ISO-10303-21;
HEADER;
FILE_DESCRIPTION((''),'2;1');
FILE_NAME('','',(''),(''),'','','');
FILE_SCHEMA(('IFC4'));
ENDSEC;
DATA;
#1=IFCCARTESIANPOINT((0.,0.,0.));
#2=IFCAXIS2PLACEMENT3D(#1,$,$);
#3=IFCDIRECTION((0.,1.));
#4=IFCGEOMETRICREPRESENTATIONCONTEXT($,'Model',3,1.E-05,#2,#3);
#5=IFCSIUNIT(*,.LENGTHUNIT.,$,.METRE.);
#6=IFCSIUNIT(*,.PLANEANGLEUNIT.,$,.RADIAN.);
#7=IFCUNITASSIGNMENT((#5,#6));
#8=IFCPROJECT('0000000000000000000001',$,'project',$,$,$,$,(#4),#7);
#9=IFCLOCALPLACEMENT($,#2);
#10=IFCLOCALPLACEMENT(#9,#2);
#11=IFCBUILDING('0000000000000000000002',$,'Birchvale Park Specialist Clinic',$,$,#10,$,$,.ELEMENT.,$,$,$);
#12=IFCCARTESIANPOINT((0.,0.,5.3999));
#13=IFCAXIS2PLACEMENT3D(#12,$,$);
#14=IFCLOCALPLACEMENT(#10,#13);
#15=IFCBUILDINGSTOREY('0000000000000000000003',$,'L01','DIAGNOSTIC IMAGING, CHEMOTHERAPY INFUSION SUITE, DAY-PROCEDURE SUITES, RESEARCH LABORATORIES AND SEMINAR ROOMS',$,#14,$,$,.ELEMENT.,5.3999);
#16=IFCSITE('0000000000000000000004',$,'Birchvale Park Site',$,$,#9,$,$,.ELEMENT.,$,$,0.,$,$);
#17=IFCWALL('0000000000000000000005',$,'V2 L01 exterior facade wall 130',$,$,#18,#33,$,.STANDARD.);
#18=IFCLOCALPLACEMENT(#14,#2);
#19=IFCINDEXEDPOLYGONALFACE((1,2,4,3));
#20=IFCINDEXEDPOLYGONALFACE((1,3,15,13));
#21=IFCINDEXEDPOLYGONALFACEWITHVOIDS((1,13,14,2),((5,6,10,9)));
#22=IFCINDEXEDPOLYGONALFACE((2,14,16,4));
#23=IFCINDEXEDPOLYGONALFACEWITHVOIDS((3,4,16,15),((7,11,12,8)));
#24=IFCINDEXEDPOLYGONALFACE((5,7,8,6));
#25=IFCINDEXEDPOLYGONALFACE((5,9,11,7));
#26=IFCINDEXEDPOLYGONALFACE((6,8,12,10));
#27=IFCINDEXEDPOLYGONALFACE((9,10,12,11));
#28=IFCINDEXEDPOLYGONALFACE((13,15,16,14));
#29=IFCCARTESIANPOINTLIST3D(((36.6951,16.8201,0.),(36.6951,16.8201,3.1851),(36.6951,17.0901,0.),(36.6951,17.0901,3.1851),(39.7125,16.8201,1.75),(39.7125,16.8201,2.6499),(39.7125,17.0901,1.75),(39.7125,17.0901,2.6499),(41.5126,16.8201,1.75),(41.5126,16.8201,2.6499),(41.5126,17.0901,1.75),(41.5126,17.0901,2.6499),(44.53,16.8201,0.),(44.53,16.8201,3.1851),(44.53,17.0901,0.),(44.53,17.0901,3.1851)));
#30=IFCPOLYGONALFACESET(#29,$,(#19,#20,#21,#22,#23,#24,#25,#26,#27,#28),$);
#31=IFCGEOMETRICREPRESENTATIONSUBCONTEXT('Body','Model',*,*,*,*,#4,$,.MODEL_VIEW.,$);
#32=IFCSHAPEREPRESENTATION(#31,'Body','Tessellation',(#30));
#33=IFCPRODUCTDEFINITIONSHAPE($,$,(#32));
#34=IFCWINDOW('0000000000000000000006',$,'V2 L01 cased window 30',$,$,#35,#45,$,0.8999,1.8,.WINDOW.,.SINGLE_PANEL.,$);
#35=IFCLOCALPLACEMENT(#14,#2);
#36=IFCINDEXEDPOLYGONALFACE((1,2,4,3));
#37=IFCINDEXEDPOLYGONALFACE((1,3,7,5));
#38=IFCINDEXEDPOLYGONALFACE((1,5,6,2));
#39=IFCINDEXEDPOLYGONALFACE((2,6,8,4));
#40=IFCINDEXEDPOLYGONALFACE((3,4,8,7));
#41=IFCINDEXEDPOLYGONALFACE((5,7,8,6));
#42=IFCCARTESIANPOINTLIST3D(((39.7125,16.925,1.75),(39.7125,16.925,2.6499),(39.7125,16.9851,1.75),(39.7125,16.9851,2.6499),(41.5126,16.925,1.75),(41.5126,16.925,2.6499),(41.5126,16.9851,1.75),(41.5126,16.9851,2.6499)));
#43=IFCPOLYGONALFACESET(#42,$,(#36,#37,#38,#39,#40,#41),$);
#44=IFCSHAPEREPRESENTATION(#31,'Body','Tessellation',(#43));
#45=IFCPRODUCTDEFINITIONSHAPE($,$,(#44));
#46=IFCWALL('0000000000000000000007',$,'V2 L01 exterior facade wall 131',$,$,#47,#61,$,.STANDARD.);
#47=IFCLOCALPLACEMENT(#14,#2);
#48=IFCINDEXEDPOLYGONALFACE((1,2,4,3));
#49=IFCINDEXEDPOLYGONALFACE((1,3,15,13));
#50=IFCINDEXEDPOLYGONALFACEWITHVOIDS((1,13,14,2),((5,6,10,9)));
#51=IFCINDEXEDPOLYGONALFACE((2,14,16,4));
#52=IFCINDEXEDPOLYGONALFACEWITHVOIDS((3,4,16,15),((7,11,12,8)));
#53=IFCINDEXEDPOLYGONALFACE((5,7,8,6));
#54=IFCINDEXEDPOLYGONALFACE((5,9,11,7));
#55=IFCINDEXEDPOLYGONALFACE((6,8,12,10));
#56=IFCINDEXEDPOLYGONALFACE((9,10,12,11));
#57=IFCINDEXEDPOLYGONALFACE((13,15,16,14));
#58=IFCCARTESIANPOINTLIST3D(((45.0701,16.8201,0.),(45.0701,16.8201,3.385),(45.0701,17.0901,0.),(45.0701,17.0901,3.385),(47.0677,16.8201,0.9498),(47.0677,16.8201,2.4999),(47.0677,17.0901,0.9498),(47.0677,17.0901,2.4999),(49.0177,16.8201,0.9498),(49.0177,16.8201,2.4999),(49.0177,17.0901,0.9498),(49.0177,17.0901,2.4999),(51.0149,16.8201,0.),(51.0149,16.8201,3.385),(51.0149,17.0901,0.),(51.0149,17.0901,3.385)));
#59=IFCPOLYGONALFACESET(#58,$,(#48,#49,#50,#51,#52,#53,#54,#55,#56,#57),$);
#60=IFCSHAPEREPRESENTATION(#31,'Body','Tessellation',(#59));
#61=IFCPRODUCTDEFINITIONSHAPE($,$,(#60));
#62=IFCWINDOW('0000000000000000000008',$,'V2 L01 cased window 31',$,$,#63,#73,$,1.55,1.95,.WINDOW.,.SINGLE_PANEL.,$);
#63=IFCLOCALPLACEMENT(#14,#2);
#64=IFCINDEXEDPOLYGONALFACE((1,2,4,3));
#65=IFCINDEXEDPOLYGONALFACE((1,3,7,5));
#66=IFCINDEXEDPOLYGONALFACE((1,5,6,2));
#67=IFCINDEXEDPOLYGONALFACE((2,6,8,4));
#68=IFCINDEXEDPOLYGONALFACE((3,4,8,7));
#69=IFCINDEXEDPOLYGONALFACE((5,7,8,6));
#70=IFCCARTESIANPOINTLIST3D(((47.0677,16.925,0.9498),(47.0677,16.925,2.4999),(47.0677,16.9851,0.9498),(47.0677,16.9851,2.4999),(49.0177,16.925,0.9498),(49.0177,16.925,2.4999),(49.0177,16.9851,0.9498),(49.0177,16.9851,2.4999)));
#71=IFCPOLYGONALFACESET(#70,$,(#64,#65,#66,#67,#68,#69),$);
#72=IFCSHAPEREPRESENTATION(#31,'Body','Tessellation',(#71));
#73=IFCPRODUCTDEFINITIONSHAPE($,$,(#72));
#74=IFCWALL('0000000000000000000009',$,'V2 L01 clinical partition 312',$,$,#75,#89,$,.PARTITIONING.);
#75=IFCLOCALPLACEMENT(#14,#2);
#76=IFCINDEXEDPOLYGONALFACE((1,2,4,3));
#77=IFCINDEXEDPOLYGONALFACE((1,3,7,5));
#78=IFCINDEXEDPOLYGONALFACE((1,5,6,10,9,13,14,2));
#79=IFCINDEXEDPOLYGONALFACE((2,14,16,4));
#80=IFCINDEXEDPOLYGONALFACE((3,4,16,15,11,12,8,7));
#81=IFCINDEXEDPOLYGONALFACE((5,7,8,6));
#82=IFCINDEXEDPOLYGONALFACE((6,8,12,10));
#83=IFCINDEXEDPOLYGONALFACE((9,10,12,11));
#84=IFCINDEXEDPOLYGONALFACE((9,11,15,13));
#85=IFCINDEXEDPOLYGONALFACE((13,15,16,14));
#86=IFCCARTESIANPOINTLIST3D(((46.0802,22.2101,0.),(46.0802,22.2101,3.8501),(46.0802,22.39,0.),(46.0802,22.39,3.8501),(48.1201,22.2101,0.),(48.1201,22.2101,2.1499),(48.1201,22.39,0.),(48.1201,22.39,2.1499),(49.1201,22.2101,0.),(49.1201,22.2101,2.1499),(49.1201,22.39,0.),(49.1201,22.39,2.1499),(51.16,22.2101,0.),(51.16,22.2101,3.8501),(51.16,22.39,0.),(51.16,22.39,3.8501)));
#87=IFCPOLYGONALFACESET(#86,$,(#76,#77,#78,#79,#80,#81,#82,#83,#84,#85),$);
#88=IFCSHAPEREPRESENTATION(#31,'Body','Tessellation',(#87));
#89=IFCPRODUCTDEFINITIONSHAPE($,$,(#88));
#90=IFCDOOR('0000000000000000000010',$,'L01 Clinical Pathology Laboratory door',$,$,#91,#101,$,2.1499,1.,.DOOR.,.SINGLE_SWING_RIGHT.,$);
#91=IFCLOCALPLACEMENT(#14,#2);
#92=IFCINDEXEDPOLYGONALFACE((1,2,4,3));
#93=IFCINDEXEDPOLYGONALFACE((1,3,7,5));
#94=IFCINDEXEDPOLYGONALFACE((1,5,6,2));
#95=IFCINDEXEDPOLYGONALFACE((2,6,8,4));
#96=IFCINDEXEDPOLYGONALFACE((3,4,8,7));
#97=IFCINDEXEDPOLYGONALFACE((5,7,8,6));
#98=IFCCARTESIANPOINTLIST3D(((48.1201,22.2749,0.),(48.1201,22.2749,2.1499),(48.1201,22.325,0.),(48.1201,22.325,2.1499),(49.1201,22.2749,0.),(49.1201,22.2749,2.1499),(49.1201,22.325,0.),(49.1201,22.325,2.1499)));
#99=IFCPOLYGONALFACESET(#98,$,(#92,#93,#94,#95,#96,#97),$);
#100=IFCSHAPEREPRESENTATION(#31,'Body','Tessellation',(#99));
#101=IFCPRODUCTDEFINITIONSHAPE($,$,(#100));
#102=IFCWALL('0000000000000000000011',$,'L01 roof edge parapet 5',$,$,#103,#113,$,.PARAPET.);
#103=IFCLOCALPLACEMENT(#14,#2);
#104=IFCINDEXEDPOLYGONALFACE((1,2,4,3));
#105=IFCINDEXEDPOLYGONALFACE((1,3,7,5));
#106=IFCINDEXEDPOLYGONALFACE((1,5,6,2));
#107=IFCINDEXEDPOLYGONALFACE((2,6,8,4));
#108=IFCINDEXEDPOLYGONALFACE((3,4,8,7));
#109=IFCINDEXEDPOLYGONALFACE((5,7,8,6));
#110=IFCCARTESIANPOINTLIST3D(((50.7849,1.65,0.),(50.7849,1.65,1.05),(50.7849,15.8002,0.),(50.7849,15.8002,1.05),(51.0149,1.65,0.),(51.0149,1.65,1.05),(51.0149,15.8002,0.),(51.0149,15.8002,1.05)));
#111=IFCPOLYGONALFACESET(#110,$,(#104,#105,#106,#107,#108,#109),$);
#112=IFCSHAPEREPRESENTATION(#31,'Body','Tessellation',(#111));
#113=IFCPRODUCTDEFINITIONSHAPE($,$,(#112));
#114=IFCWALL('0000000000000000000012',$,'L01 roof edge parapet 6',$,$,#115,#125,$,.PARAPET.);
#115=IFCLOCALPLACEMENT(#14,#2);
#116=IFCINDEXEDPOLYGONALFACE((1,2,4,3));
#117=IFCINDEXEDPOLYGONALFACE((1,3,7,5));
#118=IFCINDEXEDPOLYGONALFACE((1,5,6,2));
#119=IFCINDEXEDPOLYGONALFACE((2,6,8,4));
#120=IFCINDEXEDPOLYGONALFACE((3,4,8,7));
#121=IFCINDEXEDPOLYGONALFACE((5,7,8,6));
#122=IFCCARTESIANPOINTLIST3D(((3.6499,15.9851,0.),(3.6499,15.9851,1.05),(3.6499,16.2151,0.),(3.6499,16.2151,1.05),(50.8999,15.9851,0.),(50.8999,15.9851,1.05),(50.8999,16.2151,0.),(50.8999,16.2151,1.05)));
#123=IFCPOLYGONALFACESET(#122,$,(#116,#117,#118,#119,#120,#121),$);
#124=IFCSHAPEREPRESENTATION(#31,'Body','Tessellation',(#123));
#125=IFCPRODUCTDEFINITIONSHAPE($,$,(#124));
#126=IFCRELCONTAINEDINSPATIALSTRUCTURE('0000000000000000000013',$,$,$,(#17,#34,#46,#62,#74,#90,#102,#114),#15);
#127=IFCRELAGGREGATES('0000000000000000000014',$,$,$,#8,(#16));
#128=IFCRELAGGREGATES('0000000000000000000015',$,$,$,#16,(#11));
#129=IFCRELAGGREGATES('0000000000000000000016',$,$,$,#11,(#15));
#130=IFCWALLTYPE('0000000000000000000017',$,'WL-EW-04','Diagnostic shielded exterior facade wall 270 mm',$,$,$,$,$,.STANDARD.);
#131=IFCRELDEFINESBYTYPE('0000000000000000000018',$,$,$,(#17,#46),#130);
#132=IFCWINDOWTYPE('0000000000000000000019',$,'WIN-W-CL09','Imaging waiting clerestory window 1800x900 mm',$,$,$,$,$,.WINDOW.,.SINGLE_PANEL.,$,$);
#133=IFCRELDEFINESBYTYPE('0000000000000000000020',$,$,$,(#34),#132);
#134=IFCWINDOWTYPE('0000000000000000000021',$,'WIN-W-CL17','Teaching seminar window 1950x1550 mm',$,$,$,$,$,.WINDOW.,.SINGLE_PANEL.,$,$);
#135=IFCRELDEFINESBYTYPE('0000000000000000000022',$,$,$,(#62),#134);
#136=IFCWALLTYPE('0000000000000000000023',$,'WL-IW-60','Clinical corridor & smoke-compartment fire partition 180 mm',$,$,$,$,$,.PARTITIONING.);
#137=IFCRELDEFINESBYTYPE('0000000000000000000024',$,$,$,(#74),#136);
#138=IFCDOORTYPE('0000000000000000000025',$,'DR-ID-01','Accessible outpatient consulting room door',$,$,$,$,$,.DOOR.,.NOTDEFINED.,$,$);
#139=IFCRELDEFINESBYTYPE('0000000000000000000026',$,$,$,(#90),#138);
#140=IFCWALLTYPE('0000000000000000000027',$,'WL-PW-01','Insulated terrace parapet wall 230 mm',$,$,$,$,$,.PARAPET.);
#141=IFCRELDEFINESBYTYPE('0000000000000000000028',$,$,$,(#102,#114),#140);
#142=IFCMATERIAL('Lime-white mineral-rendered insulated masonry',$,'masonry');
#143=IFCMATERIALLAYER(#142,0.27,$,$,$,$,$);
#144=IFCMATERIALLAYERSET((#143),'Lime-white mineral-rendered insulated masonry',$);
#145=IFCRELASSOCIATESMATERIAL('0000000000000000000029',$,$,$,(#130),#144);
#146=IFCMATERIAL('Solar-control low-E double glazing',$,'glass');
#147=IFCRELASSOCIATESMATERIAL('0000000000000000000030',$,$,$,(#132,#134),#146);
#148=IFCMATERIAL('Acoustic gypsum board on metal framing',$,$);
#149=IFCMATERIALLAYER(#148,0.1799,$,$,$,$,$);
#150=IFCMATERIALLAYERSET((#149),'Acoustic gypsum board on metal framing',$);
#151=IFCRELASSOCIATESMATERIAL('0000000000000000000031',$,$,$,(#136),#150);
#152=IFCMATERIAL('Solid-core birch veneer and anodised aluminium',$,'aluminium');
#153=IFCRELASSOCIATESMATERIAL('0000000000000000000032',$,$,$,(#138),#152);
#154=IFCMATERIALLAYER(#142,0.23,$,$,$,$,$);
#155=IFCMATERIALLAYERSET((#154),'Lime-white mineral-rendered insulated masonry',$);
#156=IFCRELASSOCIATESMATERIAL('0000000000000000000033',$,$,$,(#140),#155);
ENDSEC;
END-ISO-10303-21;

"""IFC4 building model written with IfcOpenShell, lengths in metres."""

from ifc_helpers import new_model, si_unit, direction, frame, frame_2d, origin, place, context, subcontext, project, spatial, rectangle, extrude, material, layer, layer_set, type_object, element, fill, save


model = new_model("IFC4")

# Units and contexts
model_context = context("Model", 3, precision=1e-05, world=origin(), true_north=direction((0.0, 1.0)))
body_context = subcontext(model_context, "Body", "Model", "MODEL_VIEW")
ifc_project = project(units=[si_unit("LENGTHUNIT", "METRE"), si_unit("PLANEANGLEUNIT", "RADIAN")], contexts=[model_context])

# Site, building, storey
site_placement = place(None, origin())
site = spatial("IfcSite", under=ifc_project, at=site_placement, Name="Birchvale Park Site", CompositionType="ELEMENT", RefElevation=0.0)
building_placement = place(site_placement, origin())
building = spatial("IfcBuilding", under=site, at=building_placement, Name="Birchvale Park Specialist Clinic", CompositionType="ELEMENT")
storey_placement = place(building_placement, frame((0.0, 0.0, 5.3999)))
storey = spatial("IfcBuildingStorey", under=building, at=storey_placement, Name="L01", Description="DIAGNOSTIC IMAGING, CHEMOTHERAPY INFUSION SUITE, DAY-PROCEDURE SUITES, RESEARCH LABORATORIES AND SEMINAR ROOMS", CompositionType="ELEMENT", Elevation=5.3999)

# Walls, openings, windows
ifc_material_1 = material(Name="Lime-white mineral-rendered insulated masonry", Category="masonry")
ifc_layer_1 = layer(ifc_material_1, 0.27)
ifc_layer_set_1 = layer_set([ifc_layer_1], Name="Lime-white mineral-rendered insulated masonry")
wall_type_1 = type_object("IfcWallType", Name="WL-EW-04", Description="Diagnostic shielded exterior facade wall 270 mm", PredefinedType="STANDARD", material=ifc_layer_set_1)
wall_1_placement = place(storey_placement, frame((36.6951, 16.9551, 0.0), z_axis=(0.0, 0.0, 1.0), x_axis=(1.0, 0.0, 0.0)))
wall_1 = element("IfcWall", 1, at=wall_1_placement, inside=storey, type_object=wall_type_1, Name="V2 L01 exterior facade wall 130", PredefinedType="STANDARD", context=body_context, shape_type="SweptSolid", body=[
    extrude(rectangle(XDim=7.835, YDim=0.27, at=frame_2d((3.9175, 0.0))), origin(), (0.0, 0.0, 1.0), 3.1851),
])
opening_1_placement = place(wall_1_placement, frame((3.0176, 0.0, 1.75)))
opening_1 = element("IfcOpeningElement", 2, at=opening_1_placement, cuts=wall_1, PredefinedType="OPENING", context=body_context, shape_type="SweptSolid", body=[
    extrude(rectangle(XDim=1.8, YDim=0.8999, at=frame_2d((0.8999, 0.45))), frame((0.0, 0.145, 0.0), z_axis=(0.0, -1.0, 0.0), x_axis=(1.0, 0.0, 0.0)), (0.0, 0.0, 1.0), 0.29),
])
ifc_material_2 = material(Name="Solar-control low-E double glazing", Category="glass")
window_type_1 = type_object("IfcWindowType", Name="WIN-W-CL09", Description="Imaging waiting clerestory window 1800x900 mm", PartitioningType="SINGLE_PANEL", PredefinedType="WINDOW", material=ifc_material_2)
window_1_placement = place(opening_1_placement, origin())
window_1 = element("IfcWindow", 3, at=window_1_placement, inside=storey, type_object=window_type_1, Name="V2 L01 cased window 30", OverallHeight=0.8999, OverallWidth=1.8, PartitioningType="SINGLE_PANEL", PredefinedType="WINDOW", context=body_context, shape_type="SweptSolid", body=[
    extrude(rectangle(XDim=1.8, YDim=0.8999, at=frame_2d((0.8999, 0.45))), frame((0.0, 0.03, 0.0), z_axis=(0.0, -1.0, 0.0), x_axis=(1.0, 0.0, 0.0)), (0.0, 0.0, 1.0), 0.0601),
])
fill(opening_1, window_1)
wall_2_placement = place(storey_placement, frame((45.0701, 16.9551, 0.0), z_axis=(0.0, 0.0, 1.0), x_axis=(1.0, 0.0, 0.0)))
wall_2 = element("IfcWall", 4, at=wall_2_placement, inside=storey, type_object=wall_type_1, Name="V2 L01 exterior facade wall 131", PredefinedType="STANDARD", context=body_context, shape_type="SweptSolid", body=[
    extrude(rectangle(XDim=5.9448, YDim=0.27, at=frame_2d((2.9724, 0.0))), origin(), (0.0, 0.0, 1.0), 3.385),
])
opening_2_placement = place(wall_2_placement, frame((1.9976, 0.0, 0.95)))
opening_2 = element("IfcOpeningElement", 5, at=opening_2_placement, cuts=wall_2, PredefinedType="OPENING", context=body_context, shape_type="SweptSolid", body=[
    extrude(rectangle(XDim=1.95, YDim=1.55, at=frame_2d((0.9751, 0.7749))), frame((0.0, 0.145, 0.0), z_axis=(0.0, -1.0, 0.0), x_axis=(1.0, 0.0, 0.0)), (0.0, 0.0, 1.0), 0.29),
])
window_type_2 = type_object("IfcWindowType", Name="WIN-W-CL17", Description="Teaching seminar window 1950x1550 mm", PartitioningType="SINGLE_PANEL", PredefinedType="WINDOW", material=ifc_material_2)
window_2_placement = place(opening_2_placement, origin())
window_2 = element("IfcWindow", 6, at=window_2_placement, inside=storey, type_object=window_type_2, Name="V2 L01 cased window 31", OverallHeight=1.55, OverallWidth=1.95, PartitioningType="SINGLE_PANEL", PredefinedType="WINDOW", context=body_context, shape_type="SweptSolid", body=[
    extrude(rectangle(XDim=1.95, YDim=1.55, at=frame_2d((0.9751, 0.7749))), frame((0.0, 0.03, 0.0), z_axis=(0.0, -1.0, 0.0), x_axis=(1.0, 0.0, 0.0)), (0.0, 0.0, 1.0), 0.0601),
])
fill(opening_2, window_2)

# Wall, opening, door
ifc_material_3 = material(Name="Acoustic gypsum board on metal framing")
ifc_layer_2 = layer(ifc_material_3, 0.1799)
ifc_layer_set_2 = layer_set([ifc_layer_2], Name="Acoustic gypsum board on metal framing")
wall_type_2 = type_object("IfcWallType", Name="WL-IW-60", Description="Clinical corridor & smoke-compartment fire partition 180 mm", PredefinedType="PARTITIONING", material=ifc_layer_set_2)
wall_3_placement = place(storey_placement, frame((46.0801, 22.3, 0.0), z_axis=(0.0, 0.0, 1.0), x_axis=(1.0, 0.0, 0.0)))
wall_3 = element("IfcWall", 7, at=wall_3_placement, inside=storey, type_object=wall_type_2, Name="V2 L01 clinical partition 312", PredefinedType="PARTITIONING", context=body_context, shape_type="SweptSolid", body=[
    extrude(rectangle(XDim=5.0798, YDim=0.1799, at=frame_2d((2.54, 0.0))), origin(), (0.0, 0.0, 1.0), 3.8501),
])
opening_3_placement = place(wall_3_placement, frame((2.04, 0.0, 0.0)))
opening_3 = element("IfcOpeningElement", 8, at=opening_3_placement, cuts=wall_3, PredefinedType="OPENING", context=body_context, shape_type="SweptSolid", body=[
    extrude(rectangle(XDim=1.0, YDim=2.1499, at=frame_2d((0.5, 1.075))), frame((0.0, 0.1001, 0.0), z_axis=(0.0, -1.0, 0.0), x_axis=(1.0, 0.0, 0.0)), (0.0, 0.0, 1.0), 0.2),
])
ifc_material_4 = material(Name="Solid-core birch veneer and anodised aluminium", Category="aluminium")
door_type = type_object("IfcDoorType", Name="DR-ID-01", Description="Accessible outpatient consulting room door", OperationType="NOTDEFINED", PredefinedType="DOOR", material=ifc_material_4)
door_placement = place(opening_3_placement, origin())
door = element("IfcDoor", 9, at=door_placement, inside=storey, type_object=door_type, Name="L01 Clinical Pathology Laboratory door", OperationType="SINGLE_SWING_RIGHT", OverallHeight=2.1499, OverallWidth=1.0, PredefinedType="DOOR", context=body_context, shape_type="SweptSolid", body=[
    extrude(rectangle(XDim=1.0, YDim=2.1499, at=frame_2d((0.5, 1.075))), frame((0.0, 0.0249, 0.0), z_axis=(0.0, -1.0, 0.0), x_axis=(1.0, 0.0, 0.0)), (0.0, 0.0, 1.0), 0.05),
])
fill(opening_3, door)

# Walls
ifc_layer_3 = layer(ifc_material_1, 0.23)
ifc_layer_set_3 = layer_set([ifc_layer_3], Name="Lime-white mineral-rendered insulated masonry")
wall_type_3 = type_object("IfcWallType", Name="WL-PW-01", Description="Insulated terrace parapet wall 230 mm", PredefinedType="PARAPET", material=ifc_layer_set_3)
wall_4_placement = place(storey_placement, frame((50.8999, 1.6499, 0.0), z_axis=(0.0, 0.0, 1.0), x_axis=(0.0, 1.0, 0.0)))
element("IfcWall", 10, at=wall_4_placement, inside=storey, type_object=wall_type_3, Name="L01 roof edge parapet 5", PredefinedType="PARAPET", context=body_context, shape_type="SweptSolid", body=[
    extrude(rectangle(XDim=14.1501, YDim=0.23, at=frame_2d((7.0752, 0.0))), origin(), (0.0, 0.0, 1.0), 1.05),
])
wall_5_placement = place(storey_placement, frame((50.8999, 16.1001, 0.0), z_axis=(0.0, 0.0, 1.0), x_axis=(-1.0, 0.0, 0.0)))
element("IfcWall", 11, at=wall_5_placement, inside=storey, type_object=wall_type_3, Name="L01 roof edge parapet 6", PredefinedType="PARAPET", context=body_context, shape_type="SweptSolid", body=[
    extrude(rectangle(XDim=47.25, YDim=0.23, at=frame_2d((23.625, 0.0))), origin(), (0.0, 0.0, 1.0), 1.05),
])

save(model, "model.ifc")
